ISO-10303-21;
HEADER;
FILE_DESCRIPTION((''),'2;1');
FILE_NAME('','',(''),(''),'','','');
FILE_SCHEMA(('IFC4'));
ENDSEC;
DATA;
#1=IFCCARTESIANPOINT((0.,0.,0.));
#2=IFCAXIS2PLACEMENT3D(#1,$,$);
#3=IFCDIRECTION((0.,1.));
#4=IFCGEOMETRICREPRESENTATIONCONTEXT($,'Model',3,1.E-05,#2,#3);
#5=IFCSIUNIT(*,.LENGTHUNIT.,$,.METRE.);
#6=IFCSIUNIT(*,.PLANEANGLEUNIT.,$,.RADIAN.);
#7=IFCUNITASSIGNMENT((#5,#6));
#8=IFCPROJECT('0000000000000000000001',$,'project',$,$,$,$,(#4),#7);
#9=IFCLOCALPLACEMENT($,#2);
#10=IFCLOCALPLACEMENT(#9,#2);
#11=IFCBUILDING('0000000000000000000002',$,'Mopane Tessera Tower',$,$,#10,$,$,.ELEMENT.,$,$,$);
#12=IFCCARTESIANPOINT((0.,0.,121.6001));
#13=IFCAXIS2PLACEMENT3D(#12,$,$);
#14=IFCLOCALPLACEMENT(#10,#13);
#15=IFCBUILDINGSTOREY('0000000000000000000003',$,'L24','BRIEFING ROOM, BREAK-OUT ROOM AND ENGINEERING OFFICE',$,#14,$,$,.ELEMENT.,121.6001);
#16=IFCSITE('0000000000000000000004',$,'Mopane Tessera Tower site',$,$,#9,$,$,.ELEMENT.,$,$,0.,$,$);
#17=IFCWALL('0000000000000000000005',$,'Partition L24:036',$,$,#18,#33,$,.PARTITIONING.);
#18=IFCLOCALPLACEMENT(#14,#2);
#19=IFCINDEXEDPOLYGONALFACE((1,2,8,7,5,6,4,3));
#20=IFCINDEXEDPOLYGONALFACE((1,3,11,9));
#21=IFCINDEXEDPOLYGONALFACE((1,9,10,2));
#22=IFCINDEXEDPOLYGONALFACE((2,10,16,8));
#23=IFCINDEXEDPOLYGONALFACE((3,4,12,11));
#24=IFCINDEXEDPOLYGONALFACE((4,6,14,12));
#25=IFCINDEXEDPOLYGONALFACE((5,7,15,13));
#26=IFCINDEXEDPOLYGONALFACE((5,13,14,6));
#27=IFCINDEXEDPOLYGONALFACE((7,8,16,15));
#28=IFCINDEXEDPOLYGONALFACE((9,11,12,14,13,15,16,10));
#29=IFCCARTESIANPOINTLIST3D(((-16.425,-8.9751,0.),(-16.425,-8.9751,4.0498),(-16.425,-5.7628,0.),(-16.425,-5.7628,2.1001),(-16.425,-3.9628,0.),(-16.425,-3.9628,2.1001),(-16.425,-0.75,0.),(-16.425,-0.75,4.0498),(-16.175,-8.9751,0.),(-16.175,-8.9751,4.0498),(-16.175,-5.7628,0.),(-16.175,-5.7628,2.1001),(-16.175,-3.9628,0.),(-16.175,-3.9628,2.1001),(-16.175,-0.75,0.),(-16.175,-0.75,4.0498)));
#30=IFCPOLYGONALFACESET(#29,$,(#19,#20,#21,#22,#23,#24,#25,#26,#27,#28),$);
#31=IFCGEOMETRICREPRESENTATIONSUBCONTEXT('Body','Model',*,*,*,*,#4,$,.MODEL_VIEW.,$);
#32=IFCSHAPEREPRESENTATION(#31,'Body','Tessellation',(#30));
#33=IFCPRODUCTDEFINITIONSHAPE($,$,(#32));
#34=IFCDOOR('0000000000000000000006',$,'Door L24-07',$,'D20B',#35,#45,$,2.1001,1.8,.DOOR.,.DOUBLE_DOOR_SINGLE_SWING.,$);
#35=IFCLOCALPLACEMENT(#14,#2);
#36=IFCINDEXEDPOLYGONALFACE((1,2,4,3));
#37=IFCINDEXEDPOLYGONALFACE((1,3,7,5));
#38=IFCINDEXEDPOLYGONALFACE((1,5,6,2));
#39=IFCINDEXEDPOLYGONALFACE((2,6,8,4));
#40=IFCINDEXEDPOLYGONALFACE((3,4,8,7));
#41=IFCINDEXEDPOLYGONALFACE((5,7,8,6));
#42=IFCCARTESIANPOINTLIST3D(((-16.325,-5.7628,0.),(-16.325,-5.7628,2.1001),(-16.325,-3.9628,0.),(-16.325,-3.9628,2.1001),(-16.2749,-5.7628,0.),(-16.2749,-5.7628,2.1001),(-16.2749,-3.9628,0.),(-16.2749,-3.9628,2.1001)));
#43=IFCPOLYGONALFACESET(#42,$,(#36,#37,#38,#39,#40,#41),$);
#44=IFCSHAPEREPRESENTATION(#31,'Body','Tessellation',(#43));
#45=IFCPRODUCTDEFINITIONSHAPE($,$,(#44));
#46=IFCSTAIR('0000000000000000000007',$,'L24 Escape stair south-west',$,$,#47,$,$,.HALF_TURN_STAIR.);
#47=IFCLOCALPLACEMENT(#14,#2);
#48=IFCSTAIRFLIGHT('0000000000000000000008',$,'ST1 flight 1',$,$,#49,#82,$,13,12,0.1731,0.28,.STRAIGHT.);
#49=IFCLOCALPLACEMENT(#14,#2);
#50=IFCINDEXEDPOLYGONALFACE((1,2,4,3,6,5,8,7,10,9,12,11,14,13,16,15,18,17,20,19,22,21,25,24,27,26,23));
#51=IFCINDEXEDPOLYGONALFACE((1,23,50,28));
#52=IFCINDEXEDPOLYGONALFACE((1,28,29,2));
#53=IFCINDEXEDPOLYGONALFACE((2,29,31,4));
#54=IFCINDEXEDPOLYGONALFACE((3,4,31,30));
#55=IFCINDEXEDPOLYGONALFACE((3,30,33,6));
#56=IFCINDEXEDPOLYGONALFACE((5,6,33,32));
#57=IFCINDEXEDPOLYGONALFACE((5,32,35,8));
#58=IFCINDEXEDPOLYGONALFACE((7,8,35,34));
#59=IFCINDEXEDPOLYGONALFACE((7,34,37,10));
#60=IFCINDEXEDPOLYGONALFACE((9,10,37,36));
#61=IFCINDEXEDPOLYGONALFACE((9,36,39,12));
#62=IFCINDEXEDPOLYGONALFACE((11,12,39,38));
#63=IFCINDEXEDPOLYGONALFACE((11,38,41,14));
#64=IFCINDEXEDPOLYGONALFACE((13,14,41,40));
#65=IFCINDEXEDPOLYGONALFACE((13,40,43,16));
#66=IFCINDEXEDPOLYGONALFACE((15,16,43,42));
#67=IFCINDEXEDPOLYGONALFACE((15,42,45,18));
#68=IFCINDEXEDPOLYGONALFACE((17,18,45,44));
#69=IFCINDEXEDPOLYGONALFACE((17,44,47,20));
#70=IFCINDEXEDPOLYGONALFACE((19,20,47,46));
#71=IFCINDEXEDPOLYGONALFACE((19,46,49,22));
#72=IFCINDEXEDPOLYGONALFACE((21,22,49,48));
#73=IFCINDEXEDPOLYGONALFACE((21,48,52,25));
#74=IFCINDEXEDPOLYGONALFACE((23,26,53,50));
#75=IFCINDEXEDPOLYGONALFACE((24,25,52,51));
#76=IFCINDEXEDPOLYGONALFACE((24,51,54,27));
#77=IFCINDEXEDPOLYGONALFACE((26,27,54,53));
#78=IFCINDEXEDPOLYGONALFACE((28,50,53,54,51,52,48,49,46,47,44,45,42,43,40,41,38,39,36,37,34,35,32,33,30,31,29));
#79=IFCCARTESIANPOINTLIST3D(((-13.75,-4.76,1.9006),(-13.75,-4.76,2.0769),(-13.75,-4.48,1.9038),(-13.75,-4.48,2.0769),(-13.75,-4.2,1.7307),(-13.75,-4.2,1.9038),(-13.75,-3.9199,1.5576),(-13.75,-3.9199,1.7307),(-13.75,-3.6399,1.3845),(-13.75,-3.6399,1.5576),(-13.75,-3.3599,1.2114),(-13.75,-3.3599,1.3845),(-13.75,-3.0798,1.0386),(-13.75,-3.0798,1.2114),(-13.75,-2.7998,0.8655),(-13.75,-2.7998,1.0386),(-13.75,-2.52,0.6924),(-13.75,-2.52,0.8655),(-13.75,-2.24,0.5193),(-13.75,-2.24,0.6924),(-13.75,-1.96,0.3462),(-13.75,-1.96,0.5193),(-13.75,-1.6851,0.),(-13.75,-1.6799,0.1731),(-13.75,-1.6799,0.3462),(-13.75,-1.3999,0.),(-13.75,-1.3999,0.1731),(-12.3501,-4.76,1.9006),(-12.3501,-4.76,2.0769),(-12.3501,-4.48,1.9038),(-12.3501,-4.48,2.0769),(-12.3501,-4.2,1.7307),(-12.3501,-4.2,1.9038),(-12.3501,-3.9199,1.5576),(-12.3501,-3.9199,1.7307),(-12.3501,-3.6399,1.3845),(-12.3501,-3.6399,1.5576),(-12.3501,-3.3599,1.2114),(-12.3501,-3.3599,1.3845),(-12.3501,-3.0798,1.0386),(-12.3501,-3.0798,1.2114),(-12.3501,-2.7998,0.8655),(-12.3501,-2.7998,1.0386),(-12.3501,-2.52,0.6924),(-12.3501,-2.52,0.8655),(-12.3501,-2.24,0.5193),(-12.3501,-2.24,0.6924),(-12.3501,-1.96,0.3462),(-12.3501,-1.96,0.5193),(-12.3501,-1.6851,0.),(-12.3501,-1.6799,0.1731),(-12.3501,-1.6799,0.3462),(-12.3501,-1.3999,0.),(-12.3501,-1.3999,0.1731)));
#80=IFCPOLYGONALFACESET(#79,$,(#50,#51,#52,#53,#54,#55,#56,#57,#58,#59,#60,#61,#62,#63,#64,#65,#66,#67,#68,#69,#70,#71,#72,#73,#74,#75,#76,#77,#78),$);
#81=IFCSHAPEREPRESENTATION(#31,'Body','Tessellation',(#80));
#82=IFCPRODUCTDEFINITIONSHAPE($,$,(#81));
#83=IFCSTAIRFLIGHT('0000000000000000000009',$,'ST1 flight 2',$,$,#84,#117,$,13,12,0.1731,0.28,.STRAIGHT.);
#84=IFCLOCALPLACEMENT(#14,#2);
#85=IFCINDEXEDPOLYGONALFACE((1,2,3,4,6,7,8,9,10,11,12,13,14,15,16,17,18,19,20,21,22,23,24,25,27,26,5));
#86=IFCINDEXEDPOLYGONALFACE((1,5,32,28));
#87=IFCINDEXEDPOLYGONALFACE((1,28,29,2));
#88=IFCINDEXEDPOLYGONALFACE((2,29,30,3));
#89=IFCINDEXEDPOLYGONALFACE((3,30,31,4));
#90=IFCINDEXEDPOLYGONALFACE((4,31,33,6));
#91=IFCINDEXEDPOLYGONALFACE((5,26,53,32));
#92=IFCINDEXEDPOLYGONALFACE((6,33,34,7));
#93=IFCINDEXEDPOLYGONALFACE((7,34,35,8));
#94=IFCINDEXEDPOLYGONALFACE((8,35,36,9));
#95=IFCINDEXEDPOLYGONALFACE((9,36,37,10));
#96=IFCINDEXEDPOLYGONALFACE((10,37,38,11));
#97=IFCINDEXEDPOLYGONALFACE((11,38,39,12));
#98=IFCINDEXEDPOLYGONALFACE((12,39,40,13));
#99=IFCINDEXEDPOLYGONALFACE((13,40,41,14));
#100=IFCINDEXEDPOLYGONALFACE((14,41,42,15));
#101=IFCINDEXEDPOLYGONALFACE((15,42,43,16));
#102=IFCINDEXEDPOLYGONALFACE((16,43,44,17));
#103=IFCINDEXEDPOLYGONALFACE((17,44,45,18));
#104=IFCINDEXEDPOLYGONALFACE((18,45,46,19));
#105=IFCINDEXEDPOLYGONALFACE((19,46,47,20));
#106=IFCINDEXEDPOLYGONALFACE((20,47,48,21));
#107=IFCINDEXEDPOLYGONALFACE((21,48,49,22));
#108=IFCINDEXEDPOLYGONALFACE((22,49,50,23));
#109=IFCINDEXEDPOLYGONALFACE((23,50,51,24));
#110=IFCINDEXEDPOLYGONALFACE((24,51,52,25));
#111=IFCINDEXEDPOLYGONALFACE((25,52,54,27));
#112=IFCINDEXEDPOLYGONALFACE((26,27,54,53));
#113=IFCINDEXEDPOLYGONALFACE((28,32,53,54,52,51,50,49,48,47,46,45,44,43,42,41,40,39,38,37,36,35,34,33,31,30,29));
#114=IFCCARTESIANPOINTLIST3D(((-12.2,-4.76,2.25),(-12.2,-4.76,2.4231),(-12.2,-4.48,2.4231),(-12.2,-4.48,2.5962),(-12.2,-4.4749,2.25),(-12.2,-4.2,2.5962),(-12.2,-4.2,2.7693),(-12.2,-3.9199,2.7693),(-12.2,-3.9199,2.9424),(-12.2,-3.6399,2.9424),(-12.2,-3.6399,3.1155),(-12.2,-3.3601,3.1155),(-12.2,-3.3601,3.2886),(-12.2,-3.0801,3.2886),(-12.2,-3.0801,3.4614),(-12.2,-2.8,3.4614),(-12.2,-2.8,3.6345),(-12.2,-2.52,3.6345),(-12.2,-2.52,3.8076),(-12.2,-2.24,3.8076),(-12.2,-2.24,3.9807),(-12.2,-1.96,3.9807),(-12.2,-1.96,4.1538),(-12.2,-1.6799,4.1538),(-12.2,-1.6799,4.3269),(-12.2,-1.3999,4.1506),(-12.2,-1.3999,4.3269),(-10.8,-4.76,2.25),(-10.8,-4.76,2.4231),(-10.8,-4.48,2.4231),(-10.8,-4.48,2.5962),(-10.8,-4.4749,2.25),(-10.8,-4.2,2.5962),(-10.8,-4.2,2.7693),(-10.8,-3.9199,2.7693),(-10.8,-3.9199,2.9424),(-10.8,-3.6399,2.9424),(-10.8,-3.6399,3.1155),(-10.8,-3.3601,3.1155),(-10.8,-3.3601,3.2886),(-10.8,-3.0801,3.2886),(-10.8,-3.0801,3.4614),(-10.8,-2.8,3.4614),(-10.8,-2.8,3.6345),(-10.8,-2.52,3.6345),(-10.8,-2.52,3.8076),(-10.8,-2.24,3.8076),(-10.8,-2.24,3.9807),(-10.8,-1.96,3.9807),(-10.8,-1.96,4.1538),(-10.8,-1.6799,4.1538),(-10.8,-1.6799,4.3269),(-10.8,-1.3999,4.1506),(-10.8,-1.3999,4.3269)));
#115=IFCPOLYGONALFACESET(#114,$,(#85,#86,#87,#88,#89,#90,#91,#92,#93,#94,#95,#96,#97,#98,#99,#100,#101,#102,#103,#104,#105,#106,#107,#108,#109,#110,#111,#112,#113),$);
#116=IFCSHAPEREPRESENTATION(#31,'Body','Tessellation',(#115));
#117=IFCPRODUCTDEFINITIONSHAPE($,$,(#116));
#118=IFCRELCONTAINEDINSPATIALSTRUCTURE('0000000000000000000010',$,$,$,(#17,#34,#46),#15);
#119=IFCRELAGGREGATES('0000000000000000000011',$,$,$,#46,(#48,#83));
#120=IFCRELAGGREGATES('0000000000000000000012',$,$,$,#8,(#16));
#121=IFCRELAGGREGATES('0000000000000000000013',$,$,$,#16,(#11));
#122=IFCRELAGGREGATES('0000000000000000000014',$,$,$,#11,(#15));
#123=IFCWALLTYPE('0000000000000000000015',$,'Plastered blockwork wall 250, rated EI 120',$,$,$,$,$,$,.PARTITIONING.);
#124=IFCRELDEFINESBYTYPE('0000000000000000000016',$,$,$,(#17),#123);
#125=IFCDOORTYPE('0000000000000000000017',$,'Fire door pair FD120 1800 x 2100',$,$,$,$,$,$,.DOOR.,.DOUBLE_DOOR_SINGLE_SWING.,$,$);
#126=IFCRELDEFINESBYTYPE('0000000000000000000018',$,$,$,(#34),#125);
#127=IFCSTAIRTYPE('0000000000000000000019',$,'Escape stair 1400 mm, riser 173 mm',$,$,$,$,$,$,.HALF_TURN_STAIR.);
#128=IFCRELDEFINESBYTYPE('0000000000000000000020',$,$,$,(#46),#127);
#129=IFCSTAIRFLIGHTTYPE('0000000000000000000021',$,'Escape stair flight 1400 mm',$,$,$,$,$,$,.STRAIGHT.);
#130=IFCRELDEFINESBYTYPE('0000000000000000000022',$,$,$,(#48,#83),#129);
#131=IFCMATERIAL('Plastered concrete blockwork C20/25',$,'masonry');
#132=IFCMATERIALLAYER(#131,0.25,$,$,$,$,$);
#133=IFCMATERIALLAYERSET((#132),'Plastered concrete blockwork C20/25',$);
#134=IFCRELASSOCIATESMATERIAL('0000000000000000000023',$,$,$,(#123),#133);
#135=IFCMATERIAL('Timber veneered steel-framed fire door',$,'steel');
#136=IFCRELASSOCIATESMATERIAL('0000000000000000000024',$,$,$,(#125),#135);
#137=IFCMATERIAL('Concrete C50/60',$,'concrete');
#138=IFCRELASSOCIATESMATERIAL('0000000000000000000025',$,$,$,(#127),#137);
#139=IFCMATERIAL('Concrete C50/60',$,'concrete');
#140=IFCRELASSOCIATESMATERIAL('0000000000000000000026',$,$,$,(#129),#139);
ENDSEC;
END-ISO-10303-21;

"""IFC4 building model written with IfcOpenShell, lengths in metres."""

from ifc_helpers import new_model, si_unit, direction, frame, frame_2d, origin, place, context, subcontext, project, spatial, polyline, rectangle, outline, extrude, material, layer, layer_set, type_object, element, fill, aggregate, save


model = new_model("IFC4")

# Units and contexts
model_context = context("Model", 3, precision=1e-05, world=origin(), true_north=direction((0.0, 1.0)))
body_context = subcontext(model_context, "Body", "Model", "MODEL_VIEW")
ifc_project = project(units=[si_unit("LENGTHUNIT", "METRE"), si_unit("PLANEANGLEUNIT", "RADIAN")], contexts=[model_context])

# Site, building, storey
site_placement = place(None, origin())
site = spatial("IfcSite", under=ifc_project, at=site_placement, Name="Mopane Tessera Tower site", CompositionType="ELEMENT", RefElevation=0.0)
building_placement = place(site_placement, origin())
building = spatial("IfcBuilding", under=site, at=building_placement, Name="Mopane Tessera Tower", CompositionType="ELEMENT")
storey_placement = place(building_placement, frame((0.0, 0.0, 121.6001)))
storey = spatial("IfcBuildingStorey", under=building, at=storey_placement, Name="L24", Description="BRIEFING ROOM, BREAK-OUT ROOM AND ENGINEERING OFFICE", CompositionType="ELEMENT", Elevation=121.6001)

# Wall, opening, door
ifc_material_1 = material(Name="Plastered concrete blockwork C20/25", Category="masonry")
ifc_layer_1 = layer(ifc_material_1, 0.25)
ifc_layer_set_1 = layer_set([ifc_layer_1], Name="Plastered concrete blockwork C20/25")
wall_type_1 = type_object("IfcWallType", Name="Plastered blockwork wall 250, rated EI 120", PredefinedType="PARTITIONING", material=ifc_layer_set_1)
wall_1_placement = place(storey_placement, frame((-16.3, -8.9751, 0.0), z_axis=(0.0, 0.0, 1.0), x_axis=(0.0, 1.0, 0.0)))
wall_1 = element("IfcWall", 1, at=wall_1_placement, inside=storey, type_object=wall_type_1, Name="Partition L24:036", PredefinedType="PARTITIONING", context=body_context, shape_type="SweptSolid", body=[
    extrude(rectangle(XDim=8.2251, YDim=0.25, at=frame_2d((4.1125, 0.0))), origin(), (0.0, 0.0, 1.0), 4.0498),
])
opening_1_placement = place(wall_1_placement, frame((3.2124, 0.0, 0.0)))
opening_1 = element("IfcOpeningElement", 2, at=opening_1_placement, cuts=wall_1, PredefinedType="OPENING", context=body_context, shape_type="SweptSolid", body=[
    extrude(rectangle(XDim=1.8, YDim=2.1001, at=frame_2d((0.8999, 1.05))), frame((0.0, 0.137, 0.0), z_axis=(0.0, -1.0, 0.0), x_axis=(1.0, 0.0, 0.0)), (0.0, 0.0, 1.0), 0.2739),
])
ifc_material_2 = material(Name="Timber veneered steel-framed fire door", Category="steel")
door_type_1 = type_object("IfcDoorType", Name="Fire door pair FD120 1800 x 2100", OperationType="DOUBLE_DOOR_SINGLE_SWING", PredefinedType="DOOR", material=ifc_material_2)
door_1_placement = place(opening_1_placement, origin())
door_1 = element("IfcDoor", 3, at=door_1_placement, inside=storey, type_object=door_type_1, Name="Door L24-07", ObjectType="D20B", OperationType="DOUBLE_DOOR_SINGLE_SWING", OverallHeight=2.1001, OverallWidth=1.8, PredefinedType="DOOR", context=body_context, shape_type="SweptSolid", body=[
    extrude(rectangle(XDim=1.8, YDim=2.1001, at=frame_2d((0.8999, 1.05))), frame((0.0, 0.0249, 0.0), z_axis=(0.0, -1.0, 0.0), x_axis=(1.0, 0.0, 0.0)), (0.0, 0.0, 1.0), 0.05),
])
fill(opening_1, door_1)

# Stair, stair flights
ifc_material_3 = material(Name="Concrete C50/60", Category="concrete")
stair_type = type_object("IfcStairType", Name="Escape stair 1400 mm, riser 173 mm", PredefinedType="HALF_TURN_STAIR", material=ifc_material_3)
stair_placement = place(storey_placement, origin())
stair = element("IfcStair", 4, at=stair_placement, inside=storey, type_object=stair_type, Name="L24 Escape stair south-west", PredefinedType="HALF_TURN_STAIR")
ifc_material_4 = material(Name="Concrete C50/60", Category="concrete")
stair_flight_type = type_object("IfcStairFlightType", Name="Escape stair flight 1400 mm", PredefinedType="STRAIGHT", material=ifc_material_4)
stair_flight_1_placement = place(storey_placement, frame((-13.05, -1.3999, 0.0), z_axis=(0.0, 0.0, 1.0), x_axis=(0.0, -1.0, 0.0)))
stair_flight_1 = element("IfcStairFlight", 5, at=stair_flight_1_placement, type_object=stair_flight_type, Name="ST1 flight 1", NumberOfRisers=13, NumberOfTreads=12, PredefinedType="STRAIGHT", RiserHeight=0.1731, TreadLength=0.28, context=body_context, shape_type="SweptSolid", body=[
    extrude(outline(polyline([(0.0, 0.0), (0.0, 0.1731), (0.28, 0.1731), (0.28, 0.3462), (0.5601, 0.3462), (0.5601, 0.5193), (0.8401, 0.5193), (0.8401, 0.6924), (1.1201, 0.6924), (1.1201, 0.8655), (1.3999, 0.8655), (1.3999, 1.0386), (1.6799, 1.0386), (1.6799, 1.2114), (1.96, 1.2114), (1.96, 1.3845), (2.24, 1.3845), (2.24, 1.5576), (2.52, 1.5576), (2.52, 1.7307), (2.8, 1.7307), (2.8, 1.9038), (3.0801, 1.9038), (3.0801, 2.0769), (3.3601, 2.0769), (3.3601, 2.25), (3.3601, 1.9006), (0.2852, 0.0), (0.0, 0.0)])), frame((0.0, 0.7, 0.0), z_axis=(0.0, -1.0, 0.0), x_axis=(1.0, 0.0, 0.0)), (0.0, 0.0, 1.0), 1.3999),
])
stair_flight_2_placement = place(storey_placement, frame((-11.5, -4.76, 2.25), z_axis=(0.0, 0.0, 1.0), x_axis=(0.0, 1.0, 0.0)))
stair_flight_2 = element("IfcStairFlight", 6, at=stair_flight_2_placement, type_object=stair_flight_type, Name="ST1 flight 2", NumberOfRisers=13, NumberOfTreads=12, PredefinedType="STRAIGHT", RiserHeight=0.1731, TreadLength=0.28, context=body_context, shape_type="SweptSolid", body=[
    extrude(outline(polyline([(0.0, 0.0), (0.0, 0.1731), (0.28, 0.1731), (0.28, 0.3462), (0.5601, 0.3462), (0.5601, 0.5193), (0.8401, 0.5193), (0.8401, 0.6924), (1.1201, 0.6924), (1.1201, 0.8655), (1.3999, 0.8655), (1.3999, 1.0386), (1.6799, 1.0386), (1.6799, 1.2114), (1.96, 1.2114), (1.96, 1.3845), (2.24, 1.3845), (2.24, 1.5576), (2.52, 1.5576), (2.52, 1.7307), (2.8, 1.7307), (2.8, 1.9038), (3.0801, 1.9038), (3.0801, 2.0769), (3.3601, 2.0769), (3.3601, 2.25), (3.3601, 1.9006), (0.2852, 0.0), (0.0, 0.0)])), frame((0.0, 0.7, 0.0), z_axis=(0.0, -1.0, 0.0), x_axis=(1.0, 0.0, 0.0)), (0.0, 0.0, 1.0), 1.3999),
])
aggregate(stair, [stair_flight_1, stair_flight_2])

save(model, "model.ifc")
